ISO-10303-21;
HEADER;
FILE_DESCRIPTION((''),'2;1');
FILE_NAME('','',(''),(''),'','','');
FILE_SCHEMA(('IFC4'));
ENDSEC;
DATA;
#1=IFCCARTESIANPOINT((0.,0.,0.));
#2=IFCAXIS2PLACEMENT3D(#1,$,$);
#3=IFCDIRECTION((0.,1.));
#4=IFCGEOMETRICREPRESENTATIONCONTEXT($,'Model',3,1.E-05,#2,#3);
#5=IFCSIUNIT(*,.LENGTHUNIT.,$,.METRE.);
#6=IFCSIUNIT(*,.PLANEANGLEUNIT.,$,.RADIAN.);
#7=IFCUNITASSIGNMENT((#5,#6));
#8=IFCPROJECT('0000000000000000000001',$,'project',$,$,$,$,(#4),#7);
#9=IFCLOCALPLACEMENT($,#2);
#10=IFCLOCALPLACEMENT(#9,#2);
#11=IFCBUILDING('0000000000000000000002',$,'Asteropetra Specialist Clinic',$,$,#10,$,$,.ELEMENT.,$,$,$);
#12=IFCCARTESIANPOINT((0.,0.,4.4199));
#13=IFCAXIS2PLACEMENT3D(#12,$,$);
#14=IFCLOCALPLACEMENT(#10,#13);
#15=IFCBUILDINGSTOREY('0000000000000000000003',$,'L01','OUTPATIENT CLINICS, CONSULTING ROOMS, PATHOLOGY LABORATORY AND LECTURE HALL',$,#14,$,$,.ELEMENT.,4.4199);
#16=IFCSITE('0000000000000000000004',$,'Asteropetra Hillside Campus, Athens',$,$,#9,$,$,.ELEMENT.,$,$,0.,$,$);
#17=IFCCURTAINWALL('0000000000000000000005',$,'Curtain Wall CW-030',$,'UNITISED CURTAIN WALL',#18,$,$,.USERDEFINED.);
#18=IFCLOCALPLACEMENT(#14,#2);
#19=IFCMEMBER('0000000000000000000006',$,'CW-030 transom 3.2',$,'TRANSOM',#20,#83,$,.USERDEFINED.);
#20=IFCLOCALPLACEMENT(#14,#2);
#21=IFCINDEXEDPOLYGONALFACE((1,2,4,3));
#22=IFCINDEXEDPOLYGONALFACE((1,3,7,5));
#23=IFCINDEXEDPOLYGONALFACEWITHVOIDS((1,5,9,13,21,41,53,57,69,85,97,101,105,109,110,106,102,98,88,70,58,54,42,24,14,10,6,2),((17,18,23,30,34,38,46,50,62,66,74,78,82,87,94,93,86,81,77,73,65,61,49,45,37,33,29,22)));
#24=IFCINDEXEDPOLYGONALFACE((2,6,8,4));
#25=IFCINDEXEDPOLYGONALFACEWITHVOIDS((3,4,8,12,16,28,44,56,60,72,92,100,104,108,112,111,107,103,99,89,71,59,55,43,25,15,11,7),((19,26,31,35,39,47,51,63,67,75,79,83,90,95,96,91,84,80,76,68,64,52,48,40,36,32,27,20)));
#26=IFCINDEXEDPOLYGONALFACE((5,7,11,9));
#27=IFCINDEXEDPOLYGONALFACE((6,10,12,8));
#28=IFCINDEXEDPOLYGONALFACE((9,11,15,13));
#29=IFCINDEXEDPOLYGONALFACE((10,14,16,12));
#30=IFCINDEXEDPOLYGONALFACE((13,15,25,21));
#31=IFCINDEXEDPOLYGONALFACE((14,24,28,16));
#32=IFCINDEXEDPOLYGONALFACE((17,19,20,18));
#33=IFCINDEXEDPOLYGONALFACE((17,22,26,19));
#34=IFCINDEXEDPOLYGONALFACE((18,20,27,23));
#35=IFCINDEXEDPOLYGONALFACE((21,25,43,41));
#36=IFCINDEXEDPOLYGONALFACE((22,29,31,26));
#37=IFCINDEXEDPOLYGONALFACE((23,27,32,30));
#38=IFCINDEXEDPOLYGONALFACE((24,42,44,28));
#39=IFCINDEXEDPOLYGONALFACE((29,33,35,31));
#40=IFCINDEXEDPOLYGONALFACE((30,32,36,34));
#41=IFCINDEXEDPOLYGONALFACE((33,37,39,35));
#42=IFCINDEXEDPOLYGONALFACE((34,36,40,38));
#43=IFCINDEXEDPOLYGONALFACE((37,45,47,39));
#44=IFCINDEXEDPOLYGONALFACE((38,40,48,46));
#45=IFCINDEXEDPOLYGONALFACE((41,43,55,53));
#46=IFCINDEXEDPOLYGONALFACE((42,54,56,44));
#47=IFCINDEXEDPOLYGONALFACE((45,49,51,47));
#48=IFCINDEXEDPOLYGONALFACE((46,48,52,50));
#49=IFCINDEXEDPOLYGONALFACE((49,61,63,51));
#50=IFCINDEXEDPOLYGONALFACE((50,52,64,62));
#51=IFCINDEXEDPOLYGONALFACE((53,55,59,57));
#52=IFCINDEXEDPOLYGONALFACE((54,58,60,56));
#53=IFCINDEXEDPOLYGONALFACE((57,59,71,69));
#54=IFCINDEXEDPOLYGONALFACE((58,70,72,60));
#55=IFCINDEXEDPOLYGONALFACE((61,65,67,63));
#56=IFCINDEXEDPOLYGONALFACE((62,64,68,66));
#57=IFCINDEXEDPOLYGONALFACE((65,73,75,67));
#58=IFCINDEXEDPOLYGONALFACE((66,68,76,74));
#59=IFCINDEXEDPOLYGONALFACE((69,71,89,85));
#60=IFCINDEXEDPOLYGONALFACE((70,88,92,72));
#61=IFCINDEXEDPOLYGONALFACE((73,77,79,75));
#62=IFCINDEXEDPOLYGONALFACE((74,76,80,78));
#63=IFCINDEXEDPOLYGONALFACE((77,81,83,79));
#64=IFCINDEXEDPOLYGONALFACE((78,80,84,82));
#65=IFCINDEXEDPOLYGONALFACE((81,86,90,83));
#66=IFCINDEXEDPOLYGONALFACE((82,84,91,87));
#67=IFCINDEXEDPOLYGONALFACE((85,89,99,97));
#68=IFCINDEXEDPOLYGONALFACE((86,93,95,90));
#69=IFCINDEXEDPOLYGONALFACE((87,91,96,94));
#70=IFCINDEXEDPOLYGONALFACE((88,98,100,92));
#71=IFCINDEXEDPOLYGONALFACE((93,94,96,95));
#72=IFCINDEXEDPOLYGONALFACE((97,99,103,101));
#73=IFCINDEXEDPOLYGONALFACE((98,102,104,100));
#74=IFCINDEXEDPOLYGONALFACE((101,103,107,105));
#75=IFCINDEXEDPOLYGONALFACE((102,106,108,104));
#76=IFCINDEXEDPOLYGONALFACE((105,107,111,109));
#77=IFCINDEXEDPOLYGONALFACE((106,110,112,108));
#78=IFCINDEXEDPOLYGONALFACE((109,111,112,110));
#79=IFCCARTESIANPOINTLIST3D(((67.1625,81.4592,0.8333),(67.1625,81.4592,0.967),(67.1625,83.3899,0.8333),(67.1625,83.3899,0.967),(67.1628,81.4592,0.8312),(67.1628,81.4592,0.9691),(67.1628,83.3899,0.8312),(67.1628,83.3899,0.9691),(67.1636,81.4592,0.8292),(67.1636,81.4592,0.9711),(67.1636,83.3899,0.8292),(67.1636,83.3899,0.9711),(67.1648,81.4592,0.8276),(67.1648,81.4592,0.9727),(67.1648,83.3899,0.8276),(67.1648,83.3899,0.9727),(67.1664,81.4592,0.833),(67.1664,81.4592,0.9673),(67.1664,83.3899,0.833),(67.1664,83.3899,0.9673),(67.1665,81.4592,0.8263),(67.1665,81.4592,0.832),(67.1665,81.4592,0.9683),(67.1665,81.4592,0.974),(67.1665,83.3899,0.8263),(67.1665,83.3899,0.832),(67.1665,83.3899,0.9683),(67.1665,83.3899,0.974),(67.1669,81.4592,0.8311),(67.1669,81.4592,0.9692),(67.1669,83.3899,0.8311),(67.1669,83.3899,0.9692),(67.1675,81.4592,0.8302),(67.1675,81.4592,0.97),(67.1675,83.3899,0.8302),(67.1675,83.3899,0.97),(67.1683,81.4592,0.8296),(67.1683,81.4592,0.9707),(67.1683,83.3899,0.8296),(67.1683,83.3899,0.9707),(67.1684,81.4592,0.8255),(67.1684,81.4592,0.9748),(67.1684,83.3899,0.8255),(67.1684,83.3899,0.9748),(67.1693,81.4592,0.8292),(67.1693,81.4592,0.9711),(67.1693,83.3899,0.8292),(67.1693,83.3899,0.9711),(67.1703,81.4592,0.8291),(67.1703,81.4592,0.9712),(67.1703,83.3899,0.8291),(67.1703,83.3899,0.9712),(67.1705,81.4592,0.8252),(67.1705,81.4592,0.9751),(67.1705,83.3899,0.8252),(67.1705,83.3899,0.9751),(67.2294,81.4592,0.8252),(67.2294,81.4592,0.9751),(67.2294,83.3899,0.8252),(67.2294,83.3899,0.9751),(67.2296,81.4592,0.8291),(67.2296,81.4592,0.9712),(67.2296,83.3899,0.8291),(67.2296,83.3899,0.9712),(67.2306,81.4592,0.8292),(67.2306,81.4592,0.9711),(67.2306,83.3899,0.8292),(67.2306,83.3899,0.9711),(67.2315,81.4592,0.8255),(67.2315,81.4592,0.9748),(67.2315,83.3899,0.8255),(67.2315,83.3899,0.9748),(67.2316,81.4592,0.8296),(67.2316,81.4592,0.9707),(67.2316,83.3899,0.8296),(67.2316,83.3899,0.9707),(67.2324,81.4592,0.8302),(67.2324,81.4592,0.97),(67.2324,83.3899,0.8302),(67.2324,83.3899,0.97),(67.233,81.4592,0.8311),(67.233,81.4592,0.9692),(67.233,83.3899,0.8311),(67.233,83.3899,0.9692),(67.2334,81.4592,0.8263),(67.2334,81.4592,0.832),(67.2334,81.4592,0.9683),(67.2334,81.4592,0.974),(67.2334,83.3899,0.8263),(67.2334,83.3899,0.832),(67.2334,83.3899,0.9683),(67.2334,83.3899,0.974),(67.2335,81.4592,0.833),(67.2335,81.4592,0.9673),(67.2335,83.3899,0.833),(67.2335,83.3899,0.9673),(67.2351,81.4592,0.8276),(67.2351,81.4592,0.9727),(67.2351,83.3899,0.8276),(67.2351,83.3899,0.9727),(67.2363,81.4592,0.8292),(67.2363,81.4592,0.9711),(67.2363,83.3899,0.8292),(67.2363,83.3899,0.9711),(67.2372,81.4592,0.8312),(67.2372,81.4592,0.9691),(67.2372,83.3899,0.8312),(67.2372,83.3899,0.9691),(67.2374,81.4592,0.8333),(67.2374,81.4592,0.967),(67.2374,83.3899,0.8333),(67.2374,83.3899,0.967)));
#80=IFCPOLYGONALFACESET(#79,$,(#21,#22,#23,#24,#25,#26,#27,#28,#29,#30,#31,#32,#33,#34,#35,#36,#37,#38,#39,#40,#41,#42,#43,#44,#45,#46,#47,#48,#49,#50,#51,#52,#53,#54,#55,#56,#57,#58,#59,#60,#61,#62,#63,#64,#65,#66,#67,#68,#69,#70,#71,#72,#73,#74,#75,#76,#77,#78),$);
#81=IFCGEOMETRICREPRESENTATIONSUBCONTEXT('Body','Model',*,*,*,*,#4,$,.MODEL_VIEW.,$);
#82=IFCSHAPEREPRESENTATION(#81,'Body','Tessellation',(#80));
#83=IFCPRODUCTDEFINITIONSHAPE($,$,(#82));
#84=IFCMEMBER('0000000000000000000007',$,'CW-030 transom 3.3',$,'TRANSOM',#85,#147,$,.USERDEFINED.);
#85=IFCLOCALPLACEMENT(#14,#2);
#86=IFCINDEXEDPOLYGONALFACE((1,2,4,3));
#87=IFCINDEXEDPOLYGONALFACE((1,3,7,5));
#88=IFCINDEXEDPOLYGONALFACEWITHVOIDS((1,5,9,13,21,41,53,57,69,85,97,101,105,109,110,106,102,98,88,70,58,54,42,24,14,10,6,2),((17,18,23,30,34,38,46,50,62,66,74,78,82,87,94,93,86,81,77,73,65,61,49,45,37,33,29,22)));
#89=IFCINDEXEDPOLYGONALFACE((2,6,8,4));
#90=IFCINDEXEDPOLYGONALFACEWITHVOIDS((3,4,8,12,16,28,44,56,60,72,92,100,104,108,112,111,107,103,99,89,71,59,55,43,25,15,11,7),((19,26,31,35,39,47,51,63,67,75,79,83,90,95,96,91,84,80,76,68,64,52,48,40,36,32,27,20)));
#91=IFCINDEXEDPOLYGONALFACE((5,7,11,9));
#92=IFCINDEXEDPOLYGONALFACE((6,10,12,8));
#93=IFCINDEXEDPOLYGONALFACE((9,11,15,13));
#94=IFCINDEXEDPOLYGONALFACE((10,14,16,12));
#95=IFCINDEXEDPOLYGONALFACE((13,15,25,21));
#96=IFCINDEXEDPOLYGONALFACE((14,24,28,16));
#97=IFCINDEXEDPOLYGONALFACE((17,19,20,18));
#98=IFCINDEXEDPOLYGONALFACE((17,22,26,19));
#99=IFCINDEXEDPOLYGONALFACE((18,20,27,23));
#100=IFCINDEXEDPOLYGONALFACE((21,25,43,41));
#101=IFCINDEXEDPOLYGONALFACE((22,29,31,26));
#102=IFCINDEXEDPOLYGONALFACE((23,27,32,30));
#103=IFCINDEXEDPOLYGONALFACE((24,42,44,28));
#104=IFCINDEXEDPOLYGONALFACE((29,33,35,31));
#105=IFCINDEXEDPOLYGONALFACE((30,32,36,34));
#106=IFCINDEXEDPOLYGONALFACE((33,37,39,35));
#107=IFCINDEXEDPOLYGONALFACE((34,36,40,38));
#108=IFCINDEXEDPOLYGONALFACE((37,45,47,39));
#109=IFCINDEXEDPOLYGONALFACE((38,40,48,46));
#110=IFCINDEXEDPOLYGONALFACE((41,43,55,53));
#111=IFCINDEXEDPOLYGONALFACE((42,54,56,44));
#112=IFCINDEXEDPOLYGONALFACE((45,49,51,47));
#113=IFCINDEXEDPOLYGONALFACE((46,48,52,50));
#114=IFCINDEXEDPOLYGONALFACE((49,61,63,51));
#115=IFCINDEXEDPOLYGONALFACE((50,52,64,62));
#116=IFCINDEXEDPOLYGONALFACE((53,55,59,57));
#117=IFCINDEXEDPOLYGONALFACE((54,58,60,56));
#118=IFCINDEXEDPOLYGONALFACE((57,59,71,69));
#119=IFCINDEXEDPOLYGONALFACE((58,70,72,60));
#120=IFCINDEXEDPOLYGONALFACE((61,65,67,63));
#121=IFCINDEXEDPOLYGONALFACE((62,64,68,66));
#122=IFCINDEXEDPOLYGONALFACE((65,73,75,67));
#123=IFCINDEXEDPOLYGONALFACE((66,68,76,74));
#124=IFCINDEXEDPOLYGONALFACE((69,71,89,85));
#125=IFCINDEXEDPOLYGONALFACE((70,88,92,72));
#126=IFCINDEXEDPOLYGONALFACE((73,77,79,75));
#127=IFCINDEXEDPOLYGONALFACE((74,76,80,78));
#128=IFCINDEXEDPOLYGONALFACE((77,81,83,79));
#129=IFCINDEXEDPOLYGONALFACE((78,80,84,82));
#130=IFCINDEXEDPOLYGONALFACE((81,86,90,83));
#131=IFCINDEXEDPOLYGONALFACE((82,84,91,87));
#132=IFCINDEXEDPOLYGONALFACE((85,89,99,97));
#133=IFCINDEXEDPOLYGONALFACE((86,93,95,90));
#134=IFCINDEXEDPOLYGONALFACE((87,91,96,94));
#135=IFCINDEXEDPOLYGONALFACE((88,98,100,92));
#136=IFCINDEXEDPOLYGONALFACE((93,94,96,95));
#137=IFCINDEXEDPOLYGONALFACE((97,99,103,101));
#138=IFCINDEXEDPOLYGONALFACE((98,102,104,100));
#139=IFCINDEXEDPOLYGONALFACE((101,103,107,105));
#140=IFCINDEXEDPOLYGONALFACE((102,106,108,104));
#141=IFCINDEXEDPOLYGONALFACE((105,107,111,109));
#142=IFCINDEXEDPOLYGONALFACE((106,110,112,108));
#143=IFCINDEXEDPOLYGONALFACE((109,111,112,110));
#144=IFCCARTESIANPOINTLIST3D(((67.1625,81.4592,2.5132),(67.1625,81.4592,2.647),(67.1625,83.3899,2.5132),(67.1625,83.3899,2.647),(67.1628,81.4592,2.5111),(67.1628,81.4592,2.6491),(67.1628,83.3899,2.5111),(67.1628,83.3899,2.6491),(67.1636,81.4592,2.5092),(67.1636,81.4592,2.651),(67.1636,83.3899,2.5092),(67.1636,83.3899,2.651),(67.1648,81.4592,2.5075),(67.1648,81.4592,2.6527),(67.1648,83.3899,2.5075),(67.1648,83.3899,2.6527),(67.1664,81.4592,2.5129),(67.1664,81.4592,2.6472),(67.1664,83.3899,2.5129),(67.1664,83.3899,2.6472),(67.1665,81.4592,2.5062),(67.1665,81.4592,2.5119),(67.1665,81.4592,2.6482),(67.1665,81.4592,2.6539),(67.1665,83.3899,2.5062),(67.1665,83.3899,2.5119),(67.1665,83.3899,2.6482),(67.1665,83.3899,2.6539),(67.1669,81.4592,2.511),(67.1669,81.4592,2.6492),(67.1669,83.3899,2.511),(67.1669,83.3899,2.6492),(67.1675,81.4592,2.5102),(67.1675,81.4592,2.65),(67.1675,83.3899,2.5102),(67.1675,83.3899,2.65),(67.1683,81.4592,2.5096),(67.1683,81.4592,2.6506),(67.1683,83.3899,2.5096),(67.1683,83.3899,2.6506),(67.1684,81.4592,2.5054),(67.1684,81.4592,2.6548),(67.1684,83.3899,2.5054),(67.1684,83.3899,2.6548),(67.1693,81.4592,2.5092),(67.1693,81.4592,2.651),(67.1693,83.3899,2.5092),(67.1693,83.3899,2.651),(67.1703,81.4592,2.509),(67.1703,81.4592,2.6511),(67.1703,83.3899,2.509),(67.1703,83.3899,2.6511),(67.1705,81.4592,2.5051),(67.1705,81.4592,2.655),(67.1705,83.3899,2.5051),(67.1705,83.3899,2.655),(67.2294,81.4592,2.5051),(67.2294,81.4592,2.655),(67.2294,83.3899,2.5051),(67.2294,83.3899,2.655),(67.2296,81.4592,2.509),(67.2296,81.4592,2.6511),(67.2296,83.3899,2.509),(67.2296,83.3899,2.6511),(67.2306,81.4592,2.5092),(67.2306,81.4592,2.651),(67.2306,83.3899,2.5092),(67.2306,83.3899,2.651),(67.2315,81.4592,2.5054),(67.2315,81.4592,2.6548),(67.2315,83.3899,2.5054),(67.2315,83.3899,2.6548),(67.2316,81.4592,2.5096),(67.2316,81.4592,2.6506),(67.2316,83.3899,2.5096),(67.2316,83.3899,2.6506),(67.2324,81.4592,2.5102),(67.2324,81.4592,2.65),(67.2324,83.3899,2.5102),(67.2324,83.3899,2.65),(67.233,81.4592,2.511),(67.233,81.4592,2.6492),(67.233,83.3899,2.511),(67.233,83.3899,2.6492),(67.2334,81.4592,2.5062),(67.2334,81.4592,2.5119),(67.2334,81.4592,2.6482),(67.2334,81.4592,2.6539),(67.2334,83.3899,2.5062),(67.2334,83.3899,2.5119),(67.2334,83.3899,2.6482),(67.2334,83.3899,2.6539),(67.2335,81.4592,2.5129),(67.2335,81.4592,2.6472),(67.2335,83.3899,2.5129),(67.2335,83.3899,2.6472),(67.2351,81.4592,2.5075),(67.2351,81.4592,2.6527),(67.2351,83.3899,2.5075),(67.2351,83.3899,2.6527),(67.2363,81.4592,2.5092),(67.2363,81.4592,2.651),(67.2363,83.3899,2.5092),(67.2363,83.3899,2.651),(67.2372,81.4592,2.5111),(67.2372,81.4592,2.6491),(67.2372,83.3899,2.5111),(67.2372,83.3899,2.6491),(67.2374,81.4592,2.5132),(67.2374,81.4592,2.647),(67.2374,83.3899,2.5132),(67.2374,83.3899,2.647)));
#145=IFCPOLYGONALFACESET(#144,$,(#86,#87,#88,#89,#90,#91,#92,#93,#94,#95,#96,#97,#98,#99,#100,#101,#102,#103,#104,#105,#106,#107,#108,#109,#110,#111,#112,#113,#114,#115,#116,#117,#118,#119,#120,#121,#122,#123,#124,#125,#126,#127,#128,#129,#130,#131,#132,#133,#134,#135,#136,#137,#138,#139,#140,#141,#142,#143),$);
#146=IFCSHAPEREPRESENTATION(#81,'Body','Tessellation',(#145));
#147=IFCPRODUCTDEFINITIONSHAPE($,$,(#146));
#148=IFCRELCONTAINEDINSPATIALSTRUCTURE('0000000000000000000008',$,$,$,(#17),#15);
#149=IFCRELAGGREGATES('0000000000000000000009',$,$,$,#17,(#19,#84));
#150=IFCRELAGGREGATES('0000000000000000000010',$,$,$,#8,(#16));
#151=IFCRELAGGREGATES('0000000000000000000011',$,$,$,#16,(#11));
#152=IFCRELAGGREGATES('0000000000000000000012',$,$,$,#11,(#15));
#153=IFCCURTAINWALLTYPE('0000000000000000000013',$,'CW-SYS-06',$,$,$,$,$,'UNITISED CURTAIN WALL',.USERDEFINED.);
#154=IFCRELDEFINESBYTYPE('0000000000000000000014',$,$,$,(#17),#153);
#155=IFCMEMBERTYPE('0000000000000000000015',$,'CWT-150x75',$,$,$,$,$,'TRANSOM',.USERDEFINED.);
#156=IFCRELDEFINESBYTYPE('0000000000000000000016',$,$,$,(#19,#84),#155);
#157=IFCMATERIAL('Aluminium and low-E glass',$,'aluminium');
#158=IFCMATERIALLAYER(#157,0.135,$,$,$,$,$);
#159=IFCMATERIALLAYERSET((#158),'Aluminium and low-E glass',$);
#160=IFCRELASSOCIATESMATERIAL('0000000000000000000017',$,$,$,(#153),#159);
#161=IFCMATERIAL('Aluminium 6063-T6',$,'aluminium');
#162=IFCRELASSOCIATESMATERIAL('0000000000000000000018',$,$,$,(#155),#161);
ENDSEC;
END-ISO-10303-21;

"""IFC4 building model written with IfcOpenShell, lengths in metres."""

from ifc_helpers import new_model, si_unit, direction, frame, origin, origin_2d, place, context, subcontext, project, spatial, hollow_rectangle, extrude, material, layer, layer_set, material_profile, profile_set, type_object, element, aggregate, save


model = new_model("IFC4")

# Units and contexts
model_context = context("Model", 3, precision=1e-05, world=origin(), true_north=direction((0.0, 1.0)))
body_context = subcontext(model_context, "Body", "Model", "MODEL_VIEW")
ifc_project = project(units=[si_unit("LENGTHUNIT", "METRE"), si_unit("PLANEANGLEUNIT", "RADIAN")], contexts=[model_context])

# Site, building, storey
site_placement = place(None, origin())
site = spatial("IfcSite", under=ifc_project, at=site_placement, Name="Asteropetra Hillside Campus, Athens", CompositionType="ELEMENT", RefElevation=0.0)
building_placement = place(site_placement, origin())
building = spatial("IfcBuilding", under=site, at=building_placement, Name="Asteropetra Specialist Clinic", CompositionType="ELEMENT")
storey_placement = place(building_placement, frame((0.0, 0.0, 4.4199)))
storey = spatial("IfcBuildingStorey", under=building, at=storey_placement, Name="L01", Description="OUTPATIENT CLINICS, CONSULTING ROOMS, PATHOLOGY LABORATORY AND LECTURE HALL", CompositionType="ELEMENT", Elevation=4.4199)

# Curtain wall
ifc_material_1 = material(Name="Aluminium and low-E glass", Category="aluminium")
ifc_layer_1 = layer(ifc_material_1, 0.135)
ifc_layer_set_1 = layer_set([ifc_layer_1], Name="Aluminium and low-E glass")
curtain_wall_type_1 = type_object("IfcCurtainWallType", Name="CW-SYS-06", ElementType="UNITISED CURTAIN WALL", PredefinedType="USERDEFINED", material=ifc_layer_set_1)
curtain_wall_1_placement = place(storey_placement, origin())
curtain_wall_1 = element("IfcCurtainWall", 1, at=curtain_wall_1_placement, inside=storey, type_object=curtain_wall_type_1, Name="Curtain Wall CW-030", ObjectType="UNITISED CURTAIN WALL", PredefinedType="USERDEFINED")

# Members
ifc_material_2 = material(Name="Aluminium 6063-T6", Category="aluminium")
ifc_material_profile_1 = material_profile(ifc_material_2, hollow_rectangle(XDim=0.075, YDim=0.1499, WallThickness=0.0039, InnerFilletRadius=0.0039, OuterFilletRadius=0.0081, at=origin_2d()), Name="TRN 150x75x4.0")
ifc_profile_set_1 = profile_set([ifc_material_profile_1], Name="Aluminium 6063-T6")
member_type_1 = type_object("IfcMemberType", Name="CWT-150x75", ElementType="TRANSOM", PredefinedType="USERDEFINED", material=ifc_profile_set_1)
member_1_placement = place(storey_placement, frame((67.2, 81.4592, 0.9001), z_axis=(0.0, 1.0, 0.0), x_axis=(-1.0, 0.0, 0.0)))
member_1 = element("IfcMember", 2, at=member_1_placement, type_object=member_type_1, Name="CW-030 transom 3.2", ObjectType="TRANSOM", PredefinedType="USERDEFINED", context=body_context, shape_type="SweptSolid", body=[
    extrude(hollow_rectangle(XDim=0.075, YDim=0.1499, WallThickness=0.0039, InnerFilletRadius=0.0039, OuterFilletRadius=0.0081, at=origin_2d()), origin(), (0.0, 0.0, 1.0), 1.9307),
])
member_2_placement = place(storey_placement, frame((67.2, 81.4592, 2.5801), z_axis=(0.0, 1.0, 0.0), x_axis=(-1.0, 0.0, 0.0)))
member_2 = element("IfcMember", 3, at=member_2_placement, type_object=member_type_1, Name="CW-030 transom 3.3", ObjectType="TRANSOM", PredefinedType="USERDEFINED", context=body_context, shape_type="SweptSolid", body=[
    extrude(hollow_rectangle(XDim=0.075, YDim=0.1499, WallThickness=0.0039, InnerFilletRadius=0.0039, OuterFilletRadius=0.0081, at=origin_2d()), origin(), (0.0, 0.0, 1.0), 1.9307),
])

aggregate(curtain_wall_1, [member_1, member_2])

save(model, "model.ifc")
